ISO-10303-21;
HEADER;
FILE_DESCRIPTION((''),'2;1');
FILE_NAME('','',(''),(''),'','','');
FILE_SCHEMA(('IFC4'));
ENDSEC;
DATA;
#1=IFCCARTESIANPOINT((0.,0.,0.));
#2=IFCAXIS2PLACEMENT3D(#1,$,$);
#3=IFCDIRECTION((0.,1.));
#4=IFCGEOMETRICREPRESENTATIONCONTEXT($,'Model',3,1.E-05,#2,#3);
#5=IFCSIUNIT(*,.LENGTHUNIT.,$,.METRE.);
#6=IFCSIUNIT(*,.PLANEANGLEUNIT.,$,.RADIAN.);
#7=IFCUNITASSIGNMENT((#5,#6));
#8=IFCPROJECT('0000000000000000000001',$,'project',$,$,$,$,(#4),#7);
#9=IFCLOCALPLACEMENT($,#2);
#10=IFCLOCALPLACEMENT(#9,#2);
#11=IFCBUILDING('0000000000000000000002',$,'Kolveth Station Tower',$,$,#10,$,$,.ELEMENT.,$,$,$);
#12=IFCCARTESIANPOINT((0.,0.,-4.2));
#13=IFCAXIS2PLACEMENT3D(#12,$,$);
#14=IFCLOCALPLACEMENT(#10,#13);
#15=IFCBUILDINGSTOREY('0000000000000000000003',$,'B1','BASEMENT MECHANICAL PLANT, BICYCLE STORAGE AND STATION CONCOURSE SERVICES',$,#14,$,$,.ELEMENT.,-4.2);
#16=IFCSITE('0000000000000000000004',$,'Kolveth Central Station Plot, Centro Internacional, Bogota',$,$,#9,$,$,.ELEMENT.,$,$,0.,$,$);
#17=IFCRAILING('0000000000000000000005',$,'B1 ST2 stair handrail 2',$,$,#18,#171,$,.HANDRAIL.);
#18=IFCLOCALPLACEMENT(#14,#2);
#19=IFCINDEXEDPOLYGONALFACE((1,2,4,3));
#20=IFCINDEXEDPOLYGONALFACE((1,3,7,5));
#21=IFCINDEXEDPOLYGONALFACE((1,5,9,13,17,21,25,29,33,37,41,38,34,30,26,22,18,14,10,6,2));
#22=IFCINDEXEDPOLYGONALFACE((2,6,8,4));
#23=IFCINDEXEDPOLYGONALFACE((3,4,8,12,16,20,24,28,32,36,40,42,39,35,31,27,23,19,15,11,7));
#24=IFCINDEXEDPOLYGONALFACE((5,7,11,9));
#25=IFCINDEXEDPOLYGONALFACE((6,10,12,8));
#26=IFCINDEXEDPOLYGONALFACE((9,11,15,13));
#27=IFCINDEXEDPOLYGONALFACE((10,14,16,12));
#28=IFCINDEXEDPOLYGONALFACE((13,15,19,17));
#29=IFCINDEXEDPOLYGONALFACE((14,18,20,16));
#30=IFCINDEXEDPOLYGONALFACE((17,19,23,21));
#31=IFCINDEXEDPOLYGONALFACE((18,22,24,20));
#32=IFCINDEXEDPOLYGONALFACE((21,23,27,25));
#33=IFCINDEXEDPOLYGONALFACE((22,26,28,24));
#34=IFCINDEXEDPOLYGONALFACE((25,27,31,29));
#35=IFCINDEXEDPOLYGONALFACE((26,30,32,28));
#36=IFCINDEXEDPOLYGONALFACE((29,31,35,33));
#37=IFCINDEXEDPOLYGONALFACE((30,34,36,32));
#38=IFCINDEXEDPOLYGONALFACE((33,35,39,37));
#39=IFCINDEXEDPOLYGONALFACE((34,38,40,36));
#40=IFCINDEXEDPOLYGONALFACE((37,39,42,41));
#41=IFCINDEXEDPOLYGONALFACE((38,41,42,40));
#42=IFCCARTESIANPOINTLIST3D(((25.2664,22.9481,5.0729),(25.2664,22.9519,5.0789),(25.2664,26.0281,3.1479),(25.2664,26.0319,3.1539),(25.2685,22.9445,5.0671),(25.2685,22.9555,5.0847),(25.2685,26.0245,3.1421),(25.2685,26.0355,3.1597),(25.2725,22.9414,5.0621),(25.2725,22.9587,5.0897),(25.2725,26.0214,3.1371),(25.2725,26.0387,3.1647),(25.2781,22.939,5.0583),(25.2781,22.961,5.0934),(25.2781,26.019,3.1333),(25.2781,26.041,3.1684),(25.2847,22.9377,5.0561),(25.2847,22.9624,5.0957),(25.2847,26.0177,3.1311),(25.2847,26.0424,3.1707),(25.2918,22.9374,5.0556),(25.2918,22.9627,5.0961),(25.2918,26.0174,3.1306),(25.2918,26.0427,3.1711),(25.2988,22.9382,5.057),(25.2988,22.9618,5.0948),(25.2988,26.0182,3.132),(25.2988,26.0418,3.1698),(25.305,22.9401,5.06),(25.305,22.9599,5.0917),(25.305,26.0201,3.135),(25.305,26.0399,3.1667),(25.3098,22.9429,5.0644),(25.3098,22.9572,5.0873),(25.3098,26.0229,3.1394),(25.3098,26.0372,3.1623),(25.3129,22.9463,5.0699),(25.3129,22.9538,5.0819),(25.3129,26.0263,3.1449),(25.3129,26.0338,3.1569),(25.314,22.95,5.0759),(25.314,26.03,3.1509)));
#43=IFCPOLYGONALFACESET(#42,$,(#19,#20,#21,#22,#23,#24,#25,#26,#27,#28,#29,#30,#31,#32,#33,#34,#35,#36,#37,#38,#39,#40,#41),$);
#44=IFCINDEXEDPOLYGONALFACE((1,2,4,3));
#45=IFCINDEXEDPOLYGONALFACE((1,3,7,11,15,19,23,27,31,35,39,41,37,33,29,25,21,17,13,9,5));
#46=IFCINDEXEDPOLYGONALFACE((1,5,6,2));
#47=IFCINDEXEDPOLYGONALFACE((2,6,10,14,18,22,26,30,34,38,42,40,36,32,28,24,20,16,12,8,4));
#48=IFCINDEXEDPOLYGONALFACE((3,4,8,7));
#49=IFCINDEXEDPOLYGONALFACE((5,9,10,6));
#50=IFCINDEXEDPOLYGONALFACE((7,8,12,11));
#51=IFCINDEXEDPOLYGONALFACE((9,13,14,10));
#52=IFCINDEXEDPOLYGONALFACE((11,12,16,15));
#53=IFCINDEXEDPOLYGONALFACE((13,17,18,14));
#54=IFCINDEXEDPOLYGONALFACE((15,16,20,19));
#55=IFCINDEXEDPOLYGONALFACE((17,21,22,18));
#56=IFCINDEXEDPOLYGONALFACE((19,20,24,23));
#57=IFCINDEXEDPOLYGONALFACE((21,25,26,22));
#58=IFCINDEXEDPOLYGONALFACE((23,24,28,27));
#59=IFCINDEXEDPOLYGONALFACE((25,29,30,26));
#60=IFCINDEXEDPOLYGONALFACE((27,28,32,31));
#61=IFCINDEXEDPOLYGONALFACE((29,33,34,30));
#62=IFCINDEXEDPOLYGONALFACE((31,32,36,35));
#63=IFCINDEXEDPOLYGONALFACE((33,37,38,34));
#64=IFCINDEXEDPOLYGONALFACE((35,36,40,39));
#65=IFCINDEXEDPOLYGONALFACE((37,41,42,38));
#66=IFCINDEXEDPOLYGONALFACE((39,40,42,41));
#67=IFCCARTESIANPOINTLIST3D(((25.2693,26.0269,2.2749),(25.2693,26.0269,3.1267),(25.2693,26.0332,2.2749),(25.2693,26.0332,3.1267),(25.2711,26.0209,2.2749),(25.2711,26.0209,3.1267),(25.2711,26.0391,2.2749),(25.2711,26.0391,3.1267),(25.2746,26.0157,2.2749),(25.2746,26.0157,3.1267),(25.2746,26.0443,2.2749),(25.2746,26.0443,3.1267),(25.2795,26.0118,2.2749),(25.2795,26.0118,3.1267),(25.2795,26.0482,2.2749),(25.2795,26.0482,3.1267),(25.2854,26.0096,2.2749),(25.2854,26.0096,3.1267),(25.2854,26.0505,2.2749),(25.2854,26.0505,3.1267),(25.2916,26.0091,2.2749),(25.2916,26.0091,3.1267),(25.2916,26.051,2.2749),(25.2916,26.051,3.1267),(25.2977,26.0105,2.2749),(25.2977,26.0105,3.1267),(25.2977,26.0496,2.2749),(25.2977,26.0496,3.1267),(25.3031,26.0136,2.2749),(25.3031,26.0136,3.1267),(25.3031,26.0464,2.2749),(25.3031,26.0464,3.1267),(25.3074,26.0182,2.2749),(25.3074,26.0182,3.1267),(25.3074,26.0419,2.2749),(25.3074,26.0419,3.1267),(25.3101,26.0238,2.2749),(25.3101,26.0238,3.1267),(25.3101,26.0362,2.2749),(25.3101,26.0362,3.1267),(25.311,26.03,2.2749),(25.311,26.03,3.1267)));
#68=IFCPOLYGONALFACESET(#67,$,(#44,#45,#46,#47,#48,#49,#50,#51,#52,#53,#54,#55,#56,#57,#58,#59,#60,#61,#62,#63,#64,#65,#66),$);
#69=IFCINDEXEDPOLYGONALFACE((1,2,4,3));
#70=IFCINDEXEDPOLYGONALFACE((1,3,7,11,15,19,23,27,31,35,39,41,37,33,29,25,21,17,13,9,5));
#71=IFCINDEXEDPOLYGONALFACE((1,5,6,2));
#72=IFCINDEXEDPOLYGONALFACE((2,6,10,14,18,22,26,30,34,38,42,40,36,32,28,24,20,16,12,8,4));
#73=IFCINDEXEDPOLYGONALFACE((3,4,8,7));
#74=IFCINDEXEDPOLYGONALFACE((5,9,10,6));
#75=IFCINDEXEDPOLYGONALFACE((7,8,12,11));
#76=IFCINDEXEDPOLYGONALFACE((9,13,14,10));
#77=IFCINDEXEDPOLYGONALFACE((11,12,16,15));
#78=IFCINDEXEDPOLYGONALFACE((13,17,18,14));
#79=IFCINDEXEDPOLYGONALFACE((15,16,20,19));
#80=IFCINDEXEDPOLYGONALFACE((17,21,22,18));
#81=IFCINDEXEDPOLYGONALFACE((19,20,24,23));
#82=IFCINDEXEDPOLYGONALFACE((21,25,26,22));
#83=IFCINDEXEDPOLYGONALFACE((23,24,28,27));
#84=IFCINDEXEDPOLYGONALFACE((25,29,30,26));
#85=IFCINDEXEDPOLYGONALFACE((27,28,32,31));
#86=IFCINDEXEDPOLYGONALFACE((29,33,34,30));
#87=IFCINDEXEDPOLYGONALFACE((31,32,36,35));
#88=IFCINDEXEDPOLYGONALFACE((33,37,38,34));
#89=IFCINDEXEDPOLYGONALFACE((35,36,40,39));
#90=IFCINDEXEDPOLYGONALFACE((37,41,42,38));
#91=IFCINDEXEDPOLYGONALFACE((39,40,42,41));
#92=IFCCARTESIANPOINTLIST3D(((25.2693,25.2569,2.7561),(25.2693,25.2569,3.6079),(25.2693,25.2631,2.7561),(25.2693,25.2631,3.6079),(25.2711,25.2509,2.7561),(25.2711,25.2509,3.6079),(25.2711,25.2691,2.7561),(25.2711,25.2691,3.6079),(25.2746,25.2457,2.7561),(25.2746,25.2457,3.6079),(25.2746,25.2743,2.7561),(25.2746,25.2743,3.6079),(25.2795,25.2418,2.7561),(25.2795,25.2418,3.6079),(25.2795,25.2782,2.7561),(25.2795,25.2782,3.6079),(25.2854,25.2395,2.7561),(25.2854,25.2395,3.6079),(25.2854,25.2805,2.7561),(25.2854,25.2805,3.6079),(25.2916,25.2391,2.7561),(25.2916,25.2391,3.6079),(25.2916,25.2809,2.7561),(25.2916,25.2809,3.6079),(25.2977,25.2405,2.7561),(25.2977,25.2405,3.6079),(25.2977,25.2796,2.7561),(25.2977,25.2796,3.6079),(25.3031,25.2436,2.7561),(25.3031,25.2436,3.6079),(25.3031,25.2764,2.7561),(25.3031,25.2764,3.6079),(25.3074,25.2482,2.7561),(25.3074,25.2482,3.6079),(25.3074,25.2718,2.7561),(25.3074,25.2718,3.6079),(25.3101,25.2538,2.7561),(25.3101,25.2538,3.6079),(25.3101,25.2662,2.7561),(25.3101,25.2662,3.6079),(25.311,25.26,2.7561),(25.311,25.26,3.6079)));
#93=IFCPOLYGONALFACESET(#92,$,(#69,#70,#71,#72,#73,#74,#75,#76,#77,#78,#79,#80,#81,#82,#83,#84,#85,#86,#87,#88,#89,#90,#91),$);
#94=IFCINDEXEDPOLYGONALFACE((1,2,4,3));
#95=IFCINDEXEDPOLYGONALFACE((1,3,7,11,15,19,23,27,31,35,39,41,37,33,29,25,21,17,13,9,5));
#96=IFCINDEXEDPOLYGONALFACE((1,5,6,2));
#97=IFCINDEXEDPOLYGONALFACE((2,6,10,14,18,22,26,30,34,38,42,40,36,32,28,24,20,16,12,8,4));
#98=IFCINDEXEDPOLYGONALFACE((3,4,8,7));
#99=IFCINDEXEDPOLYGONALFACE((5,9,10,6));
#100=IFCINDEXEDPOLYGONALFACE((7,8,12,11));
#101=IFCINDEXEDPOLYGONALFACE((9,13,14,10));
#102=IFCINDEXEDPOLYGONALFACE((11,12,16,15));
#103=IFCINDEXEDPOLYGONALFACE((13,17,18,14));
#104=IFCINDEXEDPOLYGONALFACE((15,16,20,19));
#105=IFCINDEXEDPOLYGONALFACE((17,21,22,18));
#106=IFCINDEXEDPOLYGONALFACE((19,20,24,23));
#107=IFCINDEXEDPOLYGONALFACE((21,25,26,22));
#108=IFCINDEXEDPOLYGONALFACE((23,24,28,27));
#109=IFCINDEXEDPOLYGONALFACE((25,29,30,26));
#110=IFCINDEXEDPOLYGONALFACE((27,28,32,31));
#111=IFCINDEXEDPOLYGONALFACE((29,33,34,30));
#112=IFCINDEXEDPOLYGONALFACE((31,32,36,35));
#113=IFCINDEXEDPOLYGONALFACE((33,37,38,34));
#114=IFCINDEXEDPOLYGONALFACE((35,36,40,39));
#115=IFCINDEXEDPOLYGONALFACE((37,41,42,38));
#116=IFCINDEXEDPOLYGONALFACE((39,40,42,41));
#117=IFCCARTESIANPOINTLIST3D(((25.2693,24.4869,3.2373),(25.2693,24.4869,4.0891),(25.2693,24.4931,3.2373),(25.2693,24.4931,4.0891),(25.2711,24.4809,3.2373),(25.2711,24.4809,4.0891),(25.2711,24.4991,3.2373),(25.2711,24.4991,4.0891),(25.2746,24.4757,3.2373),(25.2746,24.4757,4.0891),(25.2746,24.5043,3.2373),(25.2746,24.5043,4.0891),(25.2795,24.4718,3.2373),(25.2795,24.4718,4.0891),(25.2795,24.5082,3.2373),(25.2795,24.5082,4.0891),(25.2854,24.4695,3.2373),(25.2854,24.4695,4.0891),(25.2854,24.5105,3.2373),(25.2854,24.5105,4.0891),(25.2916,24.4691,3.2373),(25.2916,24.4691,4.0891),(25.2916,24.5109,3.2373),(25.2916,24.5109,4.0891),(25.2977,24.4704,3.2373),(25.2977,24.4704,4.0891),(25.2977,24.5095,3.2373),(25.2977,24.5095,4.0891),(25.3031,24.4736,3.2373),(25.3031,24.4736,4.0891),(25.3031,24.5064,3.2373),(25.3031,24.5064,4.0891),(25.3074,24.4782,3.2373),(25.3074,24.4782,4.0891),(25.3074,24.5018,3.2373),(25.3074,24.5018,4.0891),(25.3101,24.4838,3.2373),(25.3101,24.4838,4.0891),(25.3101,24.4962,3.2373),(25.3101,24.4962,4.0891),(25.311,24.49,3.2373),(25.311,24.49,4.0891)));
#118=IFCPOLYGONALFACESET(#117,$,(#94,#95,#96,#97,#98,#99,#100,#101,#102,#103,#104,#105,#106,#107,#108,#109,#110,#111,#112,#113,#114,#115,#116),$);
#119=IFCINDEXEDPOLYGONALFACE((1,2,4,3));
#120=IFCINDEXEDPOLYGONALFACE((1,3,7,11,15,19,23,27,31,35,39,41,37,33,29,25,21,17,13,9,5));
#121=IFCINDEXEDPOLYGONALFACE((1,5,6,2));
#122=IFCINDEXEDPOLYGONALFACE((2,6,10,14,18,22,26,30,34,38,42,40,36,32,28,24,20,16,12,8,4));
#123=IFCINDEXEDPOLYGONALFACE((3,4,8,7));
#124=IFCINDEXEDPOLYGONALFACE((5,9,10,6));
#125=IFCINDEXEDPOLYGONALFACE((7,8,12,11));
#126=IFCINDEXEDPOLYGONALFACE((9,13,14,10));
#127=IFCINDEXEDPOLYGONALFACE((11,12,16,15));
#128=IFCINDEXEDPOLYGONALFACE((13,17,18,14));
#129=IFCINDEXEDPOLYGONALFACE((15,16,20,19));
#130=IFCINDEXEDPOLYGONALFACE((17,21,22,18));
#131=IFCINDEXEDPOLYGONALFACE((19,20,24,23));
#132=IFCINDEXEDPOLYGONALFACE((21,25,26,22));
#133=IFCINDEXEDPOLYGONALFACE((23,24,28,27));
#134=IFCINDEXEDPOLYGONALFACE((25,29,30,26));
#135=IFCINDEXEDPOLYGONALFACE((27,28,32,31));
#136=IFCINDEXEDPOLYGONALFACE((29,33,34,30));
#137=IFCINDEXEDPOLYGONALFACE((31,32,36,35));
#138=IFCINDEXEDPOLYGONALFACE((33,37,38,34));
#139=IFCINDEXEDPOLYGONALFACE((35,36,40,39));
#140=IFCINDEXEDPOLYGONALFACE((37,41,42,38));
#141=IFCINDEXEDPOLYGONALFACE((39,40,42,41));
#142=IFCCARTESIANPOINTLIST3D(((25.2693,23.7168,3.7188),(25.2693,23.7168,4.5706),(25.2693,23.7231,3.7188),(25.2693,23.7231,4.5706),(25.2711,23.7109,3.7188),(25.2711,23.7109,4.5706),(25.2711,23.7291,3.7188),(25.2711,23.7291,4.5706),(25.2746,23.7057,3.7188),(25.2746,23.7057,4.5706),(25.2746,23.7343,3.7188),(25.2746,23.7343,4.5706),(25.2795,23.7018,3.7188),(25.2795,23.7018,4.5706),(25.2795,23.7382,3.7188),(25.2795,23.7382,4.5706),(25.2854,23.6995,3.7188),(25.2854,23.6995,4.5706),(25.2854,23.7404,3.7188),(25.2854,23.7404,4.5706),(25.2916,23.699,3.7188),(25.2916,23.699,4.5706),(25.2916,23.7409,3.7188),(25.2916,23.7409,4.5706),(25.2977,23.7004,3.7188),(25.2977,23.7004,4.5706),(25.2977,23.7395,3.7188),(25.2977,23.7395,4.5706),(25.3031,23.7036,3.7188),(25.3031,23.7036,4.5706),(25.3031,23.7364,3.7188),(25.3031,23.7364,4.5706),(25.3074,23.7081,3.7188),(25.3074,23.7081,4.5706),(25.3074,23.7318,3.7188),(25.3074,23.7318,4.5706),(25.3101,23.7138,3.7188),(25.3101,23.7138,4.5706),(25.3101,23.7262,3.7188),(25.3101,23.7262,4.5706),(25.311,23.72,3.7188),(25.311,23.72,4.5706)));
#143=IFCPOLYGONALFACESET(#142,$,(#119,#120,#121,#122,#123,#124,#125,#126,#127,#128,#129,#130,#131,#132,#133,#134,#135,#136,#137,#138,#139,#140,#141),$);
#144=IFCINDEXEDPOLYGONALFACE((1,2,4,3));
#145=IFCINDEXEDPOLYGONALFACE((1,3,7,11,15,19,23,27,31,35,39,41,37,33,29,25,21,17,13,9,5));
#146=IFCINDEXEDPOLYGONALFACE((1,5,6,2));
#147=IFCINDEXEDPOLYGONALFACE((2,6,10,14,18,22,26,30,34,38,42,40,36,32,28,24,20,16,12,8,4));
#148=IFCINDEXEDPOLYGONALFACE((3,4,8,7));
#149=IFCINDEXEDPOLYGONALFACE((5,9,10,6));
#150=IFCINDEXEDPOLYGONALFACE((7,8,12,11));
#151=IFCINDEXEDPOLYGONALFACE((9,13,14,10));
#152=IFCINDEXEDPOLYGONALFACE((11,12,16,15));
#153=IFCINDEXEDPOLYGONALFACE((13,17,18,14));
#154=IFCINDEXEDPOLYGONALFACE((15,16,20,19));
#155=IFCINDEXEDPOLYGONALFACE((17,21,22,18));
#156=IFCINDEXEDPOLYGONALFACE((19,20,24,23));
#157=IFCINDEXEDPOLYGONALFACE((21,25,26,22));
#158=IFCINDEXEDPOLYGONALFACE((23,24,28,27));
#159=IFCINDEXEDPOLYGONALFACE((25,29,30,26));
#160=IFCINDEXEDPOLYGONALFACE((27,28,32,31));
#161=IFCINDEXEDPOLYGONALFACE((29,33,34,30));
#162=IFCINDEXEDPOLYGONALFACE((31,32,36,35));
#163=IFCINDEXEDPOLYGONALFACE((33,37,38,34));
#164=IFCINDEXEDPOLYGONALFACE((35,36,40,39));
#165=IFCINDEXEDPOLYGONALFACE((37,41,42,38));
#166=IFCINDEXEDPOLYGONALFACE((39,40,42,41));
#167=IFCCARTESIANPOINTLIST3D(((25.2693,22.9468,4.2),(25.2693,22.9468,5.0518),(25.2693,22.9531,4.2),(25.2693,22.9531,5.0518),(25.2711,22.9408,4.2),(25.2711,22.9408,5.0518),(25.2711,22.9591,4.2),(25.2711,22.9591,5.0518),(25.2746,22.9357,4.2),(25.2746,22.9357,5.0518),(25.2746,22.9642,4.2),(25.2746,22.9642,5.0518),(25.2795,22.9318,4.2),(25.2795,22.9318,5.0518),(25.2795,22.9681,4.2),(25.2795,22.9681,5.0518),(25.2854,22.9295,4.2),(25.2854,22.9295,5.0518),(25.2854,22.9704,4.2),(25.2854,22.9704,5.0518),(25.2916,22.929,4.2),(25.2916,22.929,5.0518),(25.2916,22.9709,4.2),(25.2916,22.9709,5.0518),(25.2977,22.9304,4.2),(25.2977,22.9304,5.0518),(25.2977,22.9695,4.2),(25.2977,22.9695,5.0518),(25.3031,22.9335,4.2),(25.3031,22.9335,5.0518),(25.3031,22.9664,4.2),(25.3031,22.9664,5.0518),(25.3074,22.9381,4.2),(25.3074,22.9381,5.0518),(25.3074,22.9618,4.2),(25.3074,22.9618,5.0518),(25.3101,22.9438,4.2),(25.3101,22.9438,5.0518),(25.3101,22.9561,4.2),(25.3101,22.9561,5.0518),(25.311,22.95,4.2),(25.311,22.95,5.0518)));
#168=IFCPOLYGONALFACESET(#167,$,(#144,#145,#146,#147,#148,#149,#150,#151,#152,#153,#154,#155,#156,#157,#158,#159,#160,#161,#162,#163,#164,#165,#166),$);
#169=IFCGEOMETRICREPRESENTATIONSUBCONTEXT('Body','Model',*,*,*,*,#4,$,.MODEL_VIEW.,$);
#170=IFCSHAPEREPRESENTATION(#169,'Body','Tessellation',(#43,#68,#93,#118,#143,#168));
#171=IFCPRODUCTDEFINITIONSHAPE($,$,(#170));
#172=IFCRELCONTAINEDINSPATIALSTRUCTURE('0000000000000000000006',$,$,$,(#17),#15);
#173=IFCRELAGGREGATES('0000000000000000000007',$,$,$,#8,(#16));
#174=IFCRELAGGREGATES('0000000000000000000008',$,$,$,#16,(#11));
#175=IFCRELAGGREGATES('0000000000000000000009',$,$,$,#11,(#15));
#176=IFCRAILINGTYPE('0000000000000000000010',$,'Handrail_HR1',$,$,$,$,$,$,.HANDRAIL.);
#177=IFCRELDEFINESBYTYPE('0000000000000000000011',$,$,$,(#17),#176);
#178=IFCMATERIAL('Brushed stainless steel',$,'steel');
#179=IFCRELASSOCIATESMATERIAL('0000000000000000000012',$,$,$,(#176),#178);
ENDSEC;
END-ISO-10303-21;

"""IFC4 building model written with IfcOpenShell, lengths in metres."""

from ifc_helpers import new_model, si_unit, direction, frame, origin, origin_2d, place, context, subcontext, project, spatial, circle, extrude, material, type_object, element, save


model = new_model("IFC4")

# Units and contexts
model_context = context("Model", 3, precision=1e-05, world=origin(), true_north=direction((0.0, 1.0)))
body_context = subcontext(model_context, "Body", "Model", "MODEL_VIEW")
ifc_project = project(units=[si_unit("LENGTHUNIT", "METRE"), si_unit("PLANEANGLEUNIT", "RADIAN")], contexts=[model_context])

# Site, building, storey
site_placement = place(None, origin())
site = spatial("IfcSite", under=ifc_project, at=site_placement, Name="Kolveth Central Station Plot, Centro Internacional, Bogota", CompositionType="ELEMENT", RefElevation=0.0)
building_placement = place(site_placement, origin())
building = spatial("IfcBuilding", under=site, at=building_placement, Name="Kolveth Station Tower", CompositionType="ELEMENT")
storey_placement = place(building_placement, frame((0.0, 0.0, -4.2)))
storey = spatial("IfcBuildingStorey", under=building, at=storey_placement, Name="B1", Description="BASEMENT MECHANICAL PLANT, BICYCLE STORAGE AND STATION CONCOURSE SERVICES", CompositionType="ELEMENT", Elevation=-4.2)

# Railing
ifc_material_1 = material(Name="Brushed stainless steel", Category="steel")
railing_type_1 = type_object("IfcRailingType", Name="Handrail_HR1", PredefinedType="HANDRAIL", material=ifc_material_1)
railing_1_placement = place(storey_placement, frame((25.29, 26.03, 2.2749)))
element("IfcRailing", 1, at=railing_1_placement, inside=storey, type_object=railing_type_1, Name="B1 ST2 stair handrail 2", PredefinedType="HANDRAIL", context=body_context, shape_type="SweptSolid", body=[
    extrude(circle(Radius=0.0239, at=origin_2d()), frame((0.0, 0.0, 0.876), z_axis=(0.0, -0.847998, 0.529999), x_axis=(1.0, 0.0, 0.0)), (0.0, 0.0, 1.0), 3.6321),
    extrude(circle(Radius=0.021, at=origin_2d()), origin(), (0.0, 0.0, 1.0), 0.8518),
    extrude(circle(Radius=0.021, at=origin_2d()), frame((0.0, -0.77, 0.4812)), (0.0, 0.0, 1.0), 0.8518),
    extrude(circle(Radius=0.021, at=origin_2d()), frame((0.0, -1.54, 0.9624)), (0.0, 0.0, 1.0), 0.8518),
    extrude(circle(Radius=0.021, at=origin_2d()), frame((0.0, -2.3101, 1.4438)), (0.0, 0.0, 1.0), 0.8518),
    extrude(circle(Radius=0.021, at=origin_2d()), frame((0.0, -3.0801, 1.925)), (0.0, 0.0, 1.0), 0.8518),
])

save(model, "model.ifc")
